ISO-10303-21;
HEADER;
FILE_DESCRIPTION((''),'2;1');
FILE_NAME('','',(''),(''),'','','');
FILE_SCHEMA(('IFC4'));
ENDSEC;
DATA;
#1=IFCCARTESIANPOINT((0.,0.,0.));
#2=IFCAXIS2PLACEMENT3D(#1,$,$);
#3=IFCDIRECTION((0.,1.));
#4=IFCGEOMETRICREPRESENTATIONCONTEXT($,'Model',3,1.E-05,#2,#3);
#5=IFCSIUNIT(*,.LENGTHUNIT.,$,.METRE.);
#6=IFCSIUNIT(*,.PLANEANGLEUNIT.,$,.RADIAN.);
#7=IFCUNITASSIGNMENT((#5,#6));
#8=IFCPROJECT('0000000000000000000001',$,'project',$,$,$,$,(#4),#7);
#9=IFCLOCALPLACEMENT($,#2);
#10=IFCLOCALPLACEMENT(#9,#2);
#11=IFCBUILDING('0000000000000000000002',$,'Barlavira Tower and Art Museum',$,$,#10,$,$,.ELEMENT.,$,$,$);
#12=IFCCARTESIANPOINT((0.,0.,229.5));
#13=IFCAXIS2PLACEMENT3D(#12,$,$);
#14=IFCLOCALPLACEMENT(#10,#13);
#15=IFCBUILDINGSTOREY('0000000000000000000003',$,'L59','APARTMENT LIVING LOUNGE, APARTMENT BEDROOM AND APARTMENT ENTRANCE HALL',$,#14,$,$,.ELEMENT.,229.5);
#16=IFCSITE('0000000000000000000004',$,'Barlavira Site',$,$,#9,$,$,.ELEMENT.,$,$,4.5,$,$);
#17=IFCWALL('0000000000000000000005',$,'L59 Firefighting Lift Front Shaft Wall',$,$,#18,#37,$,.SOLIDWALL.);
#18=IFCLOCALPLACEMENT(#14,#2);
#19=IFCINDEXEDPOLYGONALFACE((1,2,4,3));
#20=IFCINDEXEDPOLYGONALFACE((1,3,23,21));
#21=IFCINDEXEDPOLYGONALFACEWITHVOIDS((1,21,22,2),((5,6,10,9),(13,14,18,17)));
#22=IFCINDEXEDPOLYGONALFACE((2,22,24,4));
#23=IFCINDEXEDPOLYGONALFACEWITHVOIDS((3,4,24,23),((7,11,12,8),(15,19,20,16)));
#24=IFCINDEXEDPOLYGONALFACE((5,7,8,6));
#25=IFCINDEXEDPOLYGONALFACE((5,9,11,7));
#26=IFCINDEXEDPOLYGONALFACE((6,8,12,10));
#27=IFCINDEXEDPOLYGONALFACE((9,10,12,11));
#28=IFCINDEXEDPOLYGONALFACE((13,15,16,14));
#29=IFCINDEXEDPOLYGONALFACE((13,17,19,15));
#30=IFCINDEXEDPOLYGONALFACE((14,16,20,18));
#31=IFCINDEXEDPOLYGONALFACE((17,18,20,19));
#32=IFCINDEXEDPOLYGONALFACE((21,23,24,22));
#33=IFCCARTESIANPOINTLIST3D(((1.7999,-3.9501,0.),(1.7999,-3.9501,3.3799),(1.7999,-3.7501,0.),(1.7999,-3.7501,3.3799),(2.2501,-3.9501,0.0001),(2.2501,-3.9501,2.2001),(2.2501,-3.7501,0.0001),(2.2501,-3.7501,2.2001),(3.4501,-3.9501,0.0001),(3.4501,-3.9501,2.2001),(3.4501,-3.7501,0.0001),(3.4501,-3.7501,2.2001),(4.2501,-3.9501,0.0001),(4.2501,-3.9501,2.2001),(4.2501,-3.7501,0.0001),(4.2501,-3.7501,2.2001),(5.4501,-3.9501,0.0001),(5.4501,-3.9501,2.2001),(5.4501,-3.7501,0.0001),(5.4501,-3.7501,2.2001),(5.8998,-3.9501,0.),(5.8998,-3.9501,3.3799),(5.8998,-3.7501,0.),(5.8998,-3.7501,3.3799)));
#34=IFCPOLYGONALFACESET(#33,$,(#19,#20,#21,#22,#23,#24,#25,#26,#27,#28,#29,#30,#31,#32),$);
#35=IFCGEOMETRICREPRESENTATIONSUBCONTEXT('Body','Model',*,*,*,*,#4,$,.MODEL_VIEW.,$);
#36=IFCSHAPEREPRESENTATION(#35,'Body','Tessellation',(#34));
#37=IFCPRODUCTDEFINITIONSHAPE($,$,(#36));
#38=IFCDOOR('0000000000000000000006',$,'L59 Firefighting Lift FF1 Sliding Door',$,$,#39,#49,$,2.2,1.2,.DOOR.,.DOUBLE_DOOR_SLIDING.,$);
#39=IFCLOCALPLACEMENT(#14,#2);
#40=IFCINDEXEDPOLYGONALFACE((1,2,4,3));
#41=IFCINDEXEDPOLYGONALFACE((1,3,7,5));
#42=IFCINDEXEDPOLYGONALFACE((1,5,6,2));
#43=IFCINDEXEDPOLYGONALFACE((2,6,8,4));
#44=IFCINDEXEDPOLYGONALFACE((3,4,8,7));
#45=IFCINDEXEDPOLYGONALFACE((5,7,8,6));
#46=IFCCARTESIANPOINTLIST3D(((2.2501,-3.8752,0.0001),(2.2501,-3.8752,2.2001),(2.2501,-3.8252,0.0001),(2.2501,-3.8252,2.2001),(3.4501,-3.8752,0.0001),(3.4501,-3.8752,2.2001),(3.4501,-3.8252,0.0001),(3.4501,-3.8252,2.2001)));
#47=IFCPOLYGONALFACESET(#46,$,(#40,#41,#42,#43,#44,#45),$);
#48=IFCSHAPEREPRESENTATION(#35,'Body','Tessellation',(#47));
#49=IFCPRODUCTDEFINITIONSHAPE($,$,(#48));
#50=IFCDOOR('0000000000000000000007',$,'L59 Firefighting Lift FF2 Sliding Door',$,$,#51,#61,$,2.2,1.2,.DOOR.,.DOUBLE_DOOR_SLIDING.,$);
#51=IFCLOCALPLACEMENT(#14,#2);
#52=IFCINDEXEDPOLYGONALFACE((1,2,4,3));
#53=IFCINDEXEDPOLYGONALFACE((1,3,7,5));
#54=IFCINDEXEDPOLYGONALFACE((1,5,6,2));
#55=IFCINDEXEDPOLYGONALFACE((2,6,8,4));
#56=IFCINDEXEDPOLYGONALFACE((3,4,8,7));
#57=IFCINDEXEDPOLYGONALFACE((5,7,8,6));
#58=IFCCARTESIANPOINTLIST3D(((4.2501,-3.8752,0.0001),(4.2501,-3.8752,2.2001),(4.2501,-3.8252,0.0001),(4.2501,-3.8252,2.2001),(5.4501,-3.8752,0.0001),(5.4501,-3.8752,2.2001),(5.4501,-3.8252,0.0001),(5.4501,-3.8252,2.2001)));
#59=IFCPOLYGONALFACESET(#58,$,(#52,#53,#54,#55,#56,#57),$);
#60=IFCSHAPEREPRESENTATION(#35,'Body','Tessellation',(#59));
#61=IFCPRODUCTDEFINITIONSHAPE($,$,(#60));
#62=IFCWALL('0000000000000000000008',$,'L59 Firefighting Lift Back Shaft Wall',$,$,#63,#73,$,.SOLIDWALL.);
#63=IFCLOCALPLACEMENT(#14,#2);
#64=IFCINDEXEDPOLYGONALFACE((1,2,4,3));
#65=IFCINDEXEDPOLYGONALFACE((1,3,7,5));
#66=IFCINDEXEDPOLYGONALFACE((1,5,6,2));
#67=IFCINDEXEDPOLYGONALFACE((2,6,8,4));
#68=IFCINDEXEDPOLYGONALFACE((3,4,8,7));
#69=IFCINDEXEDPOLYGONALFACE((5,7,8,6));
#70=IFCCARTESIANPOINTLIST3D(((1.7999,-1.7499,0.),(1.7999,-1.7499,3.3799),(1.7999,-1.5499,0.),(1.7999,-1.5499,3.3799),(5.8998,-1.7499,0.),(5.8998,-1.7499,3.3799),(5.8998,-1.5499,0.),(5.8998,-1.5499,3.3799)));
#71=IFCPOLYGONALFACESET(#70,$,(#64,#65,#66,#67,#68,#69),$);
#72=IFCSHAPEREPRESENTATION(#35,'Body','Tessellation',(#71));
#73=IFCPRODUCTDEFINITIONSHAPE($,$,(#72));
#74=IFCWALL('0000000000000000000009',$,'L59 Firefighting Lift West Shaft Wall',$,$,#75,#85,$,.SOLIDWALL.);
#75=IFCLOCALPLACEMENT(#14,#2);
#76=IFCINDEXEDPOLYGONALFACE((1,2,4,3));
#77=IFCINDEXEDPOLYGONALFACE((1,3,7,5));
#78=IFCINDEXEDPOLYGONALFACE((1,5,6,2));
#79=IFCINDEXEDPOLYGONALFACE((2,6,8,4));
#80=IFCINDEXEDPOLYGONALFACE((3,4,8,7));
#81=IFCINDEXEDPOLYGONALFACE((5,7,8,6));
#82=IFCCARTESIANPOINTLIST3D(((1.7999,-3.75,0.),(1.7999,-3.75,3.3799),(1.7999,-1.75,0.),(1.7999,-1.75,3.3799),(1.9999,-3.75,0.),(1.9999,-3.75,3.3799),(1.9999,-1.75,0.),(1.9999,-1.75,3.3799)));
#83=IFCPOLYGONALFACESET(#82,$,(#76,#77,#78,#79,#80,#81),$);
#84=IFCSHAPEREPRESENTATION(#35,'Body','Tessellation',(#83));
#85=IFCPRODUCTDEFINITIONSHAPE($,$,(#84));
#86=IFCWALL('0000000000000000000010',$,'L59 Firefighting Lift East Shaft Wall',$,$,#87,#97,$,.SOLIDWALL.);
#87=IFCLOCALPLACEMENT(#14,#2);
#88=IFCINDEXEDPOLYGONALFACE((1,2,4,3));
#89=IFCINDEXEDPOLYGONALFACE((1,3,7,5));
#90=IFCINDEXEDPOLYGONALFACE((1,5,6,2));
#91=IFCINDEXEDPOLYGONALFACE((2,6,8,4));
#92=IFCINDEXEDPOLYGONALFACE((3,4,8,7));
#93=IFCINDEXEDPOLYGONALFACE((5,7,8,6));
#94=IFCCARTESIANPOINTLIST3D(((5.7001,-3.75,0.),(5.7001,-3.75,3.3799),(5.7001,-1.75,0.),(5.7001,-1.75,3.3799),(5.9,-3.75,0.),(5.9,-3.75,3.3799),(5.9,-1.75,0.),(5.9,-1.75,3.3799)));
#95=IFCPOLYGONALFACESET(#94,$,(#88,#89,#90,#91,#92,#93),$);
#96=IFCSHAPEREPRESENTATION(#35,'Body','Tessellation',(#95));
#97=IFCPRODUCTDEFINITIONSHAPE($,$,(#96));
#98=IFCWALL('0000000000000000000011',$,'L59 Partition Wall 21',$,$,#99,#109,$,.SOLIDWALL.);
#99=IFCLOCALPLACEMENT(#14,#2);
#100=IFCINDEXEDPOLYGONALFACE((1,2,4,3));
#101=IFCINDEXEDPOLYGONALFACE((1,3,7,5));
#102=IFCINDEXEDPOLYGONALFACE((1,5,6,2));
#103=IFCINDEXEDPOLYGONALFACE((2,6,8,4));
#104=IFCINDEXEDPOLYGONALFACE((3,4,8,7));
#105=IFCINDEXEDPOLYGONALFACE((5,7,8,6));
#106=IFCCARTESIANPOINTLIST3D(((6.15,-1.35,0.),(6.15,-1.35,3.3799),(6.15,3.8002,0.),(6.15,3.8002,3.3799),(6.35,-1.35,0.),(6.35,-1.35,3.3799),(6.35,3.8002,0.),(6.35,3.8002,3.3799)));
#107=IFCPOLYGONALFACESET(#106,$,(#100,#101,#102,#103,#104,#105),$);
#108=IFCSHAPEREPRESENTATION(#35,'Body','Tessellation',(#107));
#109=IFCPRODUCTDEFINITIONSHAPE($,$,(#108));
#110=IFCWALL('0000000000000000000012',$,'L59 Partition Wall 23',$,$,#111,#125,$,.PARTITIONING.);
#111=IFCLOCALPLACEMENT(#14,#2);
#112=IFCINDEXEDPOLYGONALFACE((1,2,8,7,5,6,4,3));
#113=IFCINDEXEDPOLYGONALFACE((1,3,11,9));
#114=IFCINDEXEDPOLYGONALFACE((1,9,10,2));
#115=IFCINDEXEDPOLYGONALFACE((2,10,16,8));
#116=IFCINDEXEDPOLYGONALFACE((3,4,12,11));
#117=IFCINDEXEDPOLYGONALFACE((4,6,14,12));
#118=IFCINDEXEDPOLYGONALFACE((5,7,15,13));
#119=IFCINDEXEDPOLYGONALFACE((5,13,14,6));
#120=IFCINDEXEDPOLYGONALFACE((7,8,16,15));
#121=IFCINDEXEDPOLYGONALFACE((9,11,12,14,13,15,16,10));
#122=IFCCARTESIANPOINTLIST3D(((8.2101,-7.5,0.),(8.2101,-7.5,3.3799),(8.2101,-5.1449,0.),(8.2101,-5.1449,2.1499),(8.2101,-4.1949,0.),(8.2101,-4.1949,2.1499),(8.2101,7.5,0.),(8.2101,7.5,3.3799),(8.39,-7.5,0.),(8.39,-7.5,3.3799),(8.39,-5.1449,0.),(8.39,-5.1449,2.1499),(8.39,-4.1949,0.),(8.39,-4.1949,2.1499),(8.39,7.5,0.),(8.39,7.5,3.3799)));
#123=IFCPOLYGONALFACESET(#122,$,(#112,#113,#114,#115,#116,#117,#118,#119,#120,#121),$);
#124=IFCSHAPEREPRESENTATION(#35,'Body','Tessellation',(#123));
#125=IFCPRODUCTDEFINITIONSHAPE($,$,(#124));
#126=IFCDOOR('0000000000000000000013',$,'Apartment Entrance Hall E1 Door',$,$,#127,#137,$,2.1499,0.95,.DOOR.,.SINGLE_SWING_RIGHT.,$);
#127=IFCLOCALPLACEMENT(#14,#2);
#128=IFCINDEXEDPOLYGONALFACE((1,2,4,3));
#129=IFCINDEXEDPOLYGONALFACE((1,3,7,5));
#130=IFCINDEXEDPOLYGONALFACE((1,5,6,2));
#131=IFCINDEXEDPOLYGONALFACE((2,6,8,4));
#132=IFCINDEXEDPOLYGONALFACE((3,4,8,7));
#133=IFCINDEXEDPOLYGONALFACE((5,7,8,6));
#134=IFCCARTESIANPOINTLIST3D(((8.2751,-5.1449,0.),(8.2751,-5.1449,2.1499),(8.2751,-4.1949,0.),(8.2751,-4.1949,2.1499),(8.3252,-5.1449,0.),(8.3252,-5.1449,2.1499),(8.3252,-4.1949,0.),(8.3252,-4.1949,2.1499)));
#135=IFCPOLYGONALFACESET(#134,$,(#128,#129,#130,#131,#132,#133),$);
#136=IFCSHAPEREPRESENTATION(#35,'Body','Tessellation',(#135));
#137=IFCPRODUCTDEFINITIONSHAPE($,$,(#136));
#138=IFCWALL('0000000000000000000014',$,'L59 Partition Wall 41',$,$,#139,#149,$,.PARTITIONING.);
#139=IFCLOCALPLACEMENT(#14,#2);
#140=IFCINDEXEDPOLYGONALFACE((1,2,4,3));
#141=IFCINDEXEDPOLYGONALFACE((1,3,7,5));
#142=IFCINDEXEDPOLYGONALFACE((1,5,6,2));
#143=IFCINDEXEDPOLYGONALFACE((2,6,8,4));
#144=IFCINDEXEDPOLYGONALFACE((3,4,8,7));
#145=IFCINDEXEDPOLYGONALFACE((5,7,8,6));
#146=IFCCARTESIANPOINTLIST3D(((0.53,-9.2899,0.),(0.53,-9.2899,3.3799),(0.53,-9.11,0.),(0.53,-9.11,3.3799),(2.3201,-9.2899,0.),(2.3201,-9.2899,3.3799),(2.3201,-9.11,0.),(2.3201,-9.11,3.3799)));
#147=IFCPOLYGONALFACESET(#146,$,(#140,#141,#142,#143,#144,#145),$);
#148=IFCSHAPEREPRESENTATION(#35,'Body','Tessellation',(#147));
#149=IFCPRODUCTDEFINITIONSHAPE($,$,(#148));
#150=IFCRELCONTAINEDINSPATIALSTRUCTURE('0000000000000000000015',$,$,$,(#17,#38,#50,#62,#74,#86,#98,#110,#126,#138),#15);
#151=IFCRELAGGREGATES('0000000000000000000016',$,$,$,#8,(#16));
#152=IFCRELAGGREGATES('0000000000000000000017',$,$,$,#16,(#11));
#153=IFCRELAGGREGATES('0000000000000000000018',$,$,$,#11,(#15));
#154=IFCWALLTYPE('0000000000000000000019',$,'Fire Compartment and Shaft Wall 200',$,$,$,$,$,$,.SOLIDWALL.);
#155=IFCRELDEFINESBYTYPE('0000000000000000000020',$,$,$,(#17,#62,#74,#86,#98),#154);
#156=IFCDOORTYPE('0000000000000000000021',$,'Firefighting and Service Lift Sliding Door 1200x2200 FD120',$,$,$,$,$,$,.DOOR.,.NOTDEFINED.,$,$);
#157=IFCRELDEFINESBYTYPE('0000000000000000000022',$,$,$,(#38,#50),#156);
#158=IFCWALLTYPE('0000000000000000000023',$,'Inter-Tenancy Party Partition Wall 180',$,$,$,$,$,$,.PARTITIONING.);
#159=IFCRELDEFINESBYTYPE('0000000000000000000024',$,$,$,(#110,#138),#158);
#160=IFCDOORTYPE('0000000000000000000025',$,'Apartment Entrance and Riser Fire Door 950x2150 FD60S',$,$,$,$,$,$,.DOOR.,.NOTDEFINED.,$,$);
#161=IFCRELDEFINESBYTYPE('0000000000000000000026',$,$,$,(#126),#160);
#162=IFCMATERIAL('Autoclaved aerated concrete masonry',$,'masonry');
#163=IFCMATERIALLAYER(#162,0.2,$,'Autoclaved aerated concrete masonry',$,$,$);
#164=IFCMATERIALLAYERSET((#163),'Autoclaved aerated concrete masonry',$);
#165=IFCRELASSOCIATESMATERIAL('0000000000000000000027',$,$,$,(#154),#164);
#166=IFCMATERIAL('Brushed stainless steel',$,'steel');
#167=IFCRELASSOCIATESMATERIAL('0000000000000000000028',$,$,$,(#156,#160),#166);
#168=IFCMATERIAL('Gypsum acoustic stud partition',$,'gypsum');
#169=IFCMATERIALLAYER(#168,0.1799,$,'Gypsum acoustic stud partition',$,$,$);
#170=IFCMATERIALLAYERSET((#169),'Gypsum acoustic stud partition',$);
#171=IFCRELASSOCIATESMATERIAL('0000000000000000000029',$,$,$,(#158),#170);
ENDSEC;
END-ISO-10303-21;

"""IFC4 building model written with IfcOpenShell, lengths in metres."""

from ifc_helpers import new_model, si_unit, direction, frame, frame_2d, origin, place, context, subcontext, project, spatial, rectangle, extrude, material, layer, layer_set, type_object, element, fill, save


model = new_model("IFC4")

# Units and contexts
model_context = context("Model", 3, precision=1e-05, world=origin(), true_north=direction((0.0, 1.0)))
body_context = subcontext(model_context, "Body", "Model", "MODEL_VIEW")
ifc_project = project(units=[si_unit("LENGTHUNIT", "METRE"), si_unit("PLANEANGLEUNIT", "RADIAN")], contexts=[model_context])

# Site, building, storey
site_placement = place(None, origin())
site = spatial("IfcSite", under=ifc_project, at=site_placement, Name="Barlavira Site", CompositionType="ELEMENT", RefElevation=4.5)
building_placement = place(site_placement, origin())
building = spatial("IfcBuilding", under=site, at=building_placement, Name="Barlavira Tower and Art Museum", CompositionType="ELEMENT")
storey_placement = place(building_placement, frame((0.0, 0.0, 229.5)))
storey = spatial("IfcBuildingStorey", under=building, at=storey_placement, Name="L59", Description="APARTMENT LIVING LOUNGE, APARTMENT BEDROOM AND APARTMENT ENTRANCE HALL", CompositionType="ELEMENT", Elevation=229.5)

# Shared definitions
ifc_material_1 = material(Name="Brushed stainless steel", Category="steel")

# Wall, openings, doors
ifc_material_2 = material(Name="Autoclaved aerated concrete masonry", Category="masonry")
ifc_layer_1 = layer(ifc_material_2, 0.2, Name="Autoclaved aerated concrete masonry")
ifc_layer_set_1 = layer_set([ifc_layer_1], Name="Autoclaved aerated concrete masonry")
wall_type_1 = type_object("IfcWallType", Name="Fire Compartment and Shaft Wall 200", PredefinedType="SOLIDWALL", material=ifc_layer_set_1)
wall_1_placement = place(storey_placement, frame((1.8, -3.8501, 0.0), z_axis=(0.0, 0.0, 1.0), x_axis=(1.0, 0.0, 0.0)))
wall_1 = element("IfcWall", 1, at=wall_1_placement, inside=storey, type_object=wall_type_1, Name="L59 Firefighting Lift Front Shaft Wall", PredefinedType="SOLIDWALL", context=body_context, shape_type="SweptSolid", body=[
    extrude(rectangle(XDim=4.0999, YDim=0.2, at=frame_2d((2.0498, 0.0))), origin(), (0.0, 0.0, 1.0), 3.3799),
])
opening_1_placement = place(wall_1_placement, frame((0.45, 0.0, 0.0)))
opening_1 = element("IfcOpeningElement", 2, at=opening_1_placement, cuts=wall_1, PredefinedType="OPENING", context=body_context, shape_type="SweptSolid", body=[
    extrude(rectangle(XDim=1.2, YDim=2.2, at=frame_2d((0.6001, 1.1001))), frame((0.0, 0.1099, 0.0), z_axis=(0.0, -1.0, 0.0), x_axis=(1.0, 0.0, 0.0)), (0.0, 0.0, 1.0), 0.22),
])
opening_2_placement = place(wall_1_placement, frame((2.45, 0.0, 0.0)))
opening_2 = element("IfcOpeningElement", 3, at=opening_2_placement, cuts=wall_1, PredefinedType="OPENING", context=body_context, shape_type="SweptSolid", body=[
    extrude(rectangle(XDim=1.2, YDim=2.2, at=frame_2d((0.6001, 1.1001))), frame((0.0, 0.1099, 0.0), z_axis=(0.0, -1.0, 0.0), x_axis=(1.0, 0.0, 0.0)), (0.0, 0.0, 1.0), 0.22),
])
door_type_1 = type_object("IfcDoorType", Name="Firefighting and Service Lift Sliding Door 1200x2200 FD120", OperationType="NOTDEFINED", PredefinedType="DOOR", material=ifc_material_1)
door_1_placement = place(opening_1_placement, origin())
door_1 = element("IfcDoor", 4, at=door_1_placement, inside=storey, type_object=door_type_1, Name="L59 Firefighting Lift FF1 Sliding Door", OperationType="DOUBLE_DOOR_SLIDING", OverallHeight=2.2, OverallWidth=1.2, PredefinedType="DOOR", context=body_context, shape_type="SweptSolid", body=[
    extrude(rectangle(XDim=1.2, YDim=2.2, at=frame_2d((0.6001, 1.1001))), frame((0.0, 0.0249, 0.0), z_axis=(0.0, -1.0, 0.0), x_axis=(1.0, 0.0, 0.0)), (0.0, 0.0, 1.0), 0.05),
])
fill(opening_1, door_1)
door_2_placement = place(opening_2_placement, origin())
door_2 = element("IfcDoor", 5, at=door_2_placement, inside=storey, type_object=door_type_1, Name="L59 Firefighting Lift FF2 Sliding Door", OperationType="DOUBLE_DOOR_SLIDING", OverallHeight=2.2, OverallWidth=1.2, PredefinedType="DOOR", context=body_context, shape_type="SweptSolid", body=[
    extrude(rectangle(XDim=1.2, YDim=2.2, at=frame_2d((0.6001, 1.1001))), frame((0.0, 0.0249, 0.0), z_axis=(0.0, -1.0, 0.0), x_axis=(1.0, 0.0, 0.0)), (0.0, 0.0, 1.0), 0.05),
])
fill(opening_2, door_2)

# Walls
wall_2_placement = place(storey_placement, frame((1.8, -1.6499, 0.0), z_axis=(0.0, 0.0, 1.0), x_axis=(1.0, 0.0, 0.0)))
element("IfcWall", 6, at=wall_2_placement, inside=storey, type_object=wall_type_1, Name="L59 Firefighting Lift Back Shaft Wall", PredefinedType="SOLIDWALL", context=body_context, shape_type="SweptSolid", body=[
    extrude(rectangle(XDim=4.0999, YDim=0.2, at=frame_2d((2.0498, 0.0))), origin(), (0.0, 0.0, 1.0), 3.3799),
])
for number, where, z_axis, x_axis, name in (
    (7, (1.8999, -3.75, 0.0), (0.0, 0.0, 1.0), (0.0, 1.0, 0.0), "L59 Firefighting Lift West Shaft Wall"),
    (8, (5.8, -3.75, 0.0), (0.0, 0.0, 1.0), (0.0, 1.0, 0.0), "L59 Firefighting Lift East Shaft Wall"),
):
    element("IfcWall", number, at=place(storey_placement, frame(where, z_axis=z_axis, x_axis=x_axis)), inside=storey, type_object=wall_type_1, Name=name, PredefinedType="SOLIDWALL", context=body_context, shape_type="SweptSolid", body=[
        extrude(rectangle(XDim=2.0, YDim=0.2, at=frame_2d((1.0, 0.0))), origin(), (0.0, 0.0, 1.0), 3.3799),
    ])

# Shared definitions
door_type_2 = type_object("IfcDoorType", Name="Apartment Entrance and Riser Fire Door 950x2150 FD60S", OperationType="NOTDEFINED", PredefinedType="DOOR", material=ifc_material_1)

# Wall
wall_3_placement = place(storey_placement, frame((6.25, -1.3501, 0.0), z_axis=(0.0, 0.0, 1.0), x_axis=(0.0, 1.0, 0.0)))
element("IfcWall", 9, at=wall_3_placement, inside=storey, type_object=wall_type_1, Name="L59 Partition Wall 21", PredefinedType="SOLIDWALL", context=body_context, shape_type="SweptSolid", body=[
    extrude(rectangle(XDim=5.1501, YDim=0.2, at=frame_2d((2.5752, 0.0))), origin(), (0.0, 0.0, 1.0), 3.3799),
])

# Wall, opening, door
ifc_material_3 = material(Name="Gypsum acoustic stud partition", Category="gypsum")
ifc_layer_2 = layer(ifc_material_3, 0.1799, Name="Gypsum acoustic stud partition")
ifc_layer_set_2 = layer_set([ifc_layer_2], Name="Gypsum acoustic stud partition")
wall_type_2 = type_object("IfcWallType", Name="Inter-Tenancy Party Partition Wall 180", PredefinedType="PARTITIONING", material=ifc_layer_set_2)
wall_4_placement = place(storey_placement, frame((8.3, -7.5, 0.0), z_axis=(0.0, 0.0, 1.0), x_axis=(0.0, 1.0, 0.0)))
wall_4 = element("IfcWall", 10, at=wall_4_placement, inside=storey, type_object=wall_type_2, Name="L59 Partition Wall 23", PredefinedType="PARTITIONING", context=body_context, shape_type="SweptSolid", body=[
    extrude(rectangle(XDim=15.0, YDim=0.1799, at=frame_2d((7.5, 0.0))), origin(), (0.0, 0.0, 1.0), 3.3799),
])
opening_3_placement = place(wall_4_placement, frame((2.355, 0.0, 0.0)))
opening_3 = element("IfcOpeningElement", 11, at=opening_3_placement, cuts=wall_4, PredefinedType="OPENING", context=body_context, shape_type="SweptSolid", body=[
    extrude(rectangle(XDim=0.95, YDim=2.1499, at=frame_2d((0.4751, 1.075))), frame((0.0, 0.1001, 0.0), z_axis=(0.0, -1.0, 0.0), x_axis=(1.0, 0.0, 0.0)), (0.0, 0.0, 1.0), 0.2),
])
door_3_placement = place(opening_3_placement, origin())
door_3 = element("IfcDoor", 12, at=door_3_placement, inside=storey, type_object=door_type_2, Name="Apartment Entrance Hall E1 Door", OperationType="SINGLE_SWING_RIGHT", OverallHeight=2.1499, OverallWidth=0.95, PredefinedType="DOOR", context=body_context, shape_type="SweptSolid", body=[
    extrude(rectangle(XDim=0.95, YDim=2.1499, at=frame_2d((0.4751, 1.075))), frame((0.0, 0.0249, 0.0), z_axis=(0.0, -1.0, 0.0), x_axis=(1.0, 0.0, 0.0)), (0.0, 0.0, 1.0), 0.05),
])
fill(opening_3, door_3)

# Wall
wall_5_placement = place(storey_placement, frame((0.53, -9.2, 0.0), z_axis=(0.0, 0.0, 1.0), x_axis=(1.0, 0.0, 0.0)))
element("IfcWall", 13, at=wall_5_placement, inside=storey, type_object=wall_type_2, Name="L59 Partition Wall 41", PredefinedType="PARTITIONING", context=body_context, shape_type="SweptSolid", body=[
    extrude(rectangle(XDim=1.79, YDim=0.1799, at=frame_2d((0.895, 0.0))), origin(), (0.0, 0.0, 1.0), 3.3799),
])

save(model, "model.ifc")
